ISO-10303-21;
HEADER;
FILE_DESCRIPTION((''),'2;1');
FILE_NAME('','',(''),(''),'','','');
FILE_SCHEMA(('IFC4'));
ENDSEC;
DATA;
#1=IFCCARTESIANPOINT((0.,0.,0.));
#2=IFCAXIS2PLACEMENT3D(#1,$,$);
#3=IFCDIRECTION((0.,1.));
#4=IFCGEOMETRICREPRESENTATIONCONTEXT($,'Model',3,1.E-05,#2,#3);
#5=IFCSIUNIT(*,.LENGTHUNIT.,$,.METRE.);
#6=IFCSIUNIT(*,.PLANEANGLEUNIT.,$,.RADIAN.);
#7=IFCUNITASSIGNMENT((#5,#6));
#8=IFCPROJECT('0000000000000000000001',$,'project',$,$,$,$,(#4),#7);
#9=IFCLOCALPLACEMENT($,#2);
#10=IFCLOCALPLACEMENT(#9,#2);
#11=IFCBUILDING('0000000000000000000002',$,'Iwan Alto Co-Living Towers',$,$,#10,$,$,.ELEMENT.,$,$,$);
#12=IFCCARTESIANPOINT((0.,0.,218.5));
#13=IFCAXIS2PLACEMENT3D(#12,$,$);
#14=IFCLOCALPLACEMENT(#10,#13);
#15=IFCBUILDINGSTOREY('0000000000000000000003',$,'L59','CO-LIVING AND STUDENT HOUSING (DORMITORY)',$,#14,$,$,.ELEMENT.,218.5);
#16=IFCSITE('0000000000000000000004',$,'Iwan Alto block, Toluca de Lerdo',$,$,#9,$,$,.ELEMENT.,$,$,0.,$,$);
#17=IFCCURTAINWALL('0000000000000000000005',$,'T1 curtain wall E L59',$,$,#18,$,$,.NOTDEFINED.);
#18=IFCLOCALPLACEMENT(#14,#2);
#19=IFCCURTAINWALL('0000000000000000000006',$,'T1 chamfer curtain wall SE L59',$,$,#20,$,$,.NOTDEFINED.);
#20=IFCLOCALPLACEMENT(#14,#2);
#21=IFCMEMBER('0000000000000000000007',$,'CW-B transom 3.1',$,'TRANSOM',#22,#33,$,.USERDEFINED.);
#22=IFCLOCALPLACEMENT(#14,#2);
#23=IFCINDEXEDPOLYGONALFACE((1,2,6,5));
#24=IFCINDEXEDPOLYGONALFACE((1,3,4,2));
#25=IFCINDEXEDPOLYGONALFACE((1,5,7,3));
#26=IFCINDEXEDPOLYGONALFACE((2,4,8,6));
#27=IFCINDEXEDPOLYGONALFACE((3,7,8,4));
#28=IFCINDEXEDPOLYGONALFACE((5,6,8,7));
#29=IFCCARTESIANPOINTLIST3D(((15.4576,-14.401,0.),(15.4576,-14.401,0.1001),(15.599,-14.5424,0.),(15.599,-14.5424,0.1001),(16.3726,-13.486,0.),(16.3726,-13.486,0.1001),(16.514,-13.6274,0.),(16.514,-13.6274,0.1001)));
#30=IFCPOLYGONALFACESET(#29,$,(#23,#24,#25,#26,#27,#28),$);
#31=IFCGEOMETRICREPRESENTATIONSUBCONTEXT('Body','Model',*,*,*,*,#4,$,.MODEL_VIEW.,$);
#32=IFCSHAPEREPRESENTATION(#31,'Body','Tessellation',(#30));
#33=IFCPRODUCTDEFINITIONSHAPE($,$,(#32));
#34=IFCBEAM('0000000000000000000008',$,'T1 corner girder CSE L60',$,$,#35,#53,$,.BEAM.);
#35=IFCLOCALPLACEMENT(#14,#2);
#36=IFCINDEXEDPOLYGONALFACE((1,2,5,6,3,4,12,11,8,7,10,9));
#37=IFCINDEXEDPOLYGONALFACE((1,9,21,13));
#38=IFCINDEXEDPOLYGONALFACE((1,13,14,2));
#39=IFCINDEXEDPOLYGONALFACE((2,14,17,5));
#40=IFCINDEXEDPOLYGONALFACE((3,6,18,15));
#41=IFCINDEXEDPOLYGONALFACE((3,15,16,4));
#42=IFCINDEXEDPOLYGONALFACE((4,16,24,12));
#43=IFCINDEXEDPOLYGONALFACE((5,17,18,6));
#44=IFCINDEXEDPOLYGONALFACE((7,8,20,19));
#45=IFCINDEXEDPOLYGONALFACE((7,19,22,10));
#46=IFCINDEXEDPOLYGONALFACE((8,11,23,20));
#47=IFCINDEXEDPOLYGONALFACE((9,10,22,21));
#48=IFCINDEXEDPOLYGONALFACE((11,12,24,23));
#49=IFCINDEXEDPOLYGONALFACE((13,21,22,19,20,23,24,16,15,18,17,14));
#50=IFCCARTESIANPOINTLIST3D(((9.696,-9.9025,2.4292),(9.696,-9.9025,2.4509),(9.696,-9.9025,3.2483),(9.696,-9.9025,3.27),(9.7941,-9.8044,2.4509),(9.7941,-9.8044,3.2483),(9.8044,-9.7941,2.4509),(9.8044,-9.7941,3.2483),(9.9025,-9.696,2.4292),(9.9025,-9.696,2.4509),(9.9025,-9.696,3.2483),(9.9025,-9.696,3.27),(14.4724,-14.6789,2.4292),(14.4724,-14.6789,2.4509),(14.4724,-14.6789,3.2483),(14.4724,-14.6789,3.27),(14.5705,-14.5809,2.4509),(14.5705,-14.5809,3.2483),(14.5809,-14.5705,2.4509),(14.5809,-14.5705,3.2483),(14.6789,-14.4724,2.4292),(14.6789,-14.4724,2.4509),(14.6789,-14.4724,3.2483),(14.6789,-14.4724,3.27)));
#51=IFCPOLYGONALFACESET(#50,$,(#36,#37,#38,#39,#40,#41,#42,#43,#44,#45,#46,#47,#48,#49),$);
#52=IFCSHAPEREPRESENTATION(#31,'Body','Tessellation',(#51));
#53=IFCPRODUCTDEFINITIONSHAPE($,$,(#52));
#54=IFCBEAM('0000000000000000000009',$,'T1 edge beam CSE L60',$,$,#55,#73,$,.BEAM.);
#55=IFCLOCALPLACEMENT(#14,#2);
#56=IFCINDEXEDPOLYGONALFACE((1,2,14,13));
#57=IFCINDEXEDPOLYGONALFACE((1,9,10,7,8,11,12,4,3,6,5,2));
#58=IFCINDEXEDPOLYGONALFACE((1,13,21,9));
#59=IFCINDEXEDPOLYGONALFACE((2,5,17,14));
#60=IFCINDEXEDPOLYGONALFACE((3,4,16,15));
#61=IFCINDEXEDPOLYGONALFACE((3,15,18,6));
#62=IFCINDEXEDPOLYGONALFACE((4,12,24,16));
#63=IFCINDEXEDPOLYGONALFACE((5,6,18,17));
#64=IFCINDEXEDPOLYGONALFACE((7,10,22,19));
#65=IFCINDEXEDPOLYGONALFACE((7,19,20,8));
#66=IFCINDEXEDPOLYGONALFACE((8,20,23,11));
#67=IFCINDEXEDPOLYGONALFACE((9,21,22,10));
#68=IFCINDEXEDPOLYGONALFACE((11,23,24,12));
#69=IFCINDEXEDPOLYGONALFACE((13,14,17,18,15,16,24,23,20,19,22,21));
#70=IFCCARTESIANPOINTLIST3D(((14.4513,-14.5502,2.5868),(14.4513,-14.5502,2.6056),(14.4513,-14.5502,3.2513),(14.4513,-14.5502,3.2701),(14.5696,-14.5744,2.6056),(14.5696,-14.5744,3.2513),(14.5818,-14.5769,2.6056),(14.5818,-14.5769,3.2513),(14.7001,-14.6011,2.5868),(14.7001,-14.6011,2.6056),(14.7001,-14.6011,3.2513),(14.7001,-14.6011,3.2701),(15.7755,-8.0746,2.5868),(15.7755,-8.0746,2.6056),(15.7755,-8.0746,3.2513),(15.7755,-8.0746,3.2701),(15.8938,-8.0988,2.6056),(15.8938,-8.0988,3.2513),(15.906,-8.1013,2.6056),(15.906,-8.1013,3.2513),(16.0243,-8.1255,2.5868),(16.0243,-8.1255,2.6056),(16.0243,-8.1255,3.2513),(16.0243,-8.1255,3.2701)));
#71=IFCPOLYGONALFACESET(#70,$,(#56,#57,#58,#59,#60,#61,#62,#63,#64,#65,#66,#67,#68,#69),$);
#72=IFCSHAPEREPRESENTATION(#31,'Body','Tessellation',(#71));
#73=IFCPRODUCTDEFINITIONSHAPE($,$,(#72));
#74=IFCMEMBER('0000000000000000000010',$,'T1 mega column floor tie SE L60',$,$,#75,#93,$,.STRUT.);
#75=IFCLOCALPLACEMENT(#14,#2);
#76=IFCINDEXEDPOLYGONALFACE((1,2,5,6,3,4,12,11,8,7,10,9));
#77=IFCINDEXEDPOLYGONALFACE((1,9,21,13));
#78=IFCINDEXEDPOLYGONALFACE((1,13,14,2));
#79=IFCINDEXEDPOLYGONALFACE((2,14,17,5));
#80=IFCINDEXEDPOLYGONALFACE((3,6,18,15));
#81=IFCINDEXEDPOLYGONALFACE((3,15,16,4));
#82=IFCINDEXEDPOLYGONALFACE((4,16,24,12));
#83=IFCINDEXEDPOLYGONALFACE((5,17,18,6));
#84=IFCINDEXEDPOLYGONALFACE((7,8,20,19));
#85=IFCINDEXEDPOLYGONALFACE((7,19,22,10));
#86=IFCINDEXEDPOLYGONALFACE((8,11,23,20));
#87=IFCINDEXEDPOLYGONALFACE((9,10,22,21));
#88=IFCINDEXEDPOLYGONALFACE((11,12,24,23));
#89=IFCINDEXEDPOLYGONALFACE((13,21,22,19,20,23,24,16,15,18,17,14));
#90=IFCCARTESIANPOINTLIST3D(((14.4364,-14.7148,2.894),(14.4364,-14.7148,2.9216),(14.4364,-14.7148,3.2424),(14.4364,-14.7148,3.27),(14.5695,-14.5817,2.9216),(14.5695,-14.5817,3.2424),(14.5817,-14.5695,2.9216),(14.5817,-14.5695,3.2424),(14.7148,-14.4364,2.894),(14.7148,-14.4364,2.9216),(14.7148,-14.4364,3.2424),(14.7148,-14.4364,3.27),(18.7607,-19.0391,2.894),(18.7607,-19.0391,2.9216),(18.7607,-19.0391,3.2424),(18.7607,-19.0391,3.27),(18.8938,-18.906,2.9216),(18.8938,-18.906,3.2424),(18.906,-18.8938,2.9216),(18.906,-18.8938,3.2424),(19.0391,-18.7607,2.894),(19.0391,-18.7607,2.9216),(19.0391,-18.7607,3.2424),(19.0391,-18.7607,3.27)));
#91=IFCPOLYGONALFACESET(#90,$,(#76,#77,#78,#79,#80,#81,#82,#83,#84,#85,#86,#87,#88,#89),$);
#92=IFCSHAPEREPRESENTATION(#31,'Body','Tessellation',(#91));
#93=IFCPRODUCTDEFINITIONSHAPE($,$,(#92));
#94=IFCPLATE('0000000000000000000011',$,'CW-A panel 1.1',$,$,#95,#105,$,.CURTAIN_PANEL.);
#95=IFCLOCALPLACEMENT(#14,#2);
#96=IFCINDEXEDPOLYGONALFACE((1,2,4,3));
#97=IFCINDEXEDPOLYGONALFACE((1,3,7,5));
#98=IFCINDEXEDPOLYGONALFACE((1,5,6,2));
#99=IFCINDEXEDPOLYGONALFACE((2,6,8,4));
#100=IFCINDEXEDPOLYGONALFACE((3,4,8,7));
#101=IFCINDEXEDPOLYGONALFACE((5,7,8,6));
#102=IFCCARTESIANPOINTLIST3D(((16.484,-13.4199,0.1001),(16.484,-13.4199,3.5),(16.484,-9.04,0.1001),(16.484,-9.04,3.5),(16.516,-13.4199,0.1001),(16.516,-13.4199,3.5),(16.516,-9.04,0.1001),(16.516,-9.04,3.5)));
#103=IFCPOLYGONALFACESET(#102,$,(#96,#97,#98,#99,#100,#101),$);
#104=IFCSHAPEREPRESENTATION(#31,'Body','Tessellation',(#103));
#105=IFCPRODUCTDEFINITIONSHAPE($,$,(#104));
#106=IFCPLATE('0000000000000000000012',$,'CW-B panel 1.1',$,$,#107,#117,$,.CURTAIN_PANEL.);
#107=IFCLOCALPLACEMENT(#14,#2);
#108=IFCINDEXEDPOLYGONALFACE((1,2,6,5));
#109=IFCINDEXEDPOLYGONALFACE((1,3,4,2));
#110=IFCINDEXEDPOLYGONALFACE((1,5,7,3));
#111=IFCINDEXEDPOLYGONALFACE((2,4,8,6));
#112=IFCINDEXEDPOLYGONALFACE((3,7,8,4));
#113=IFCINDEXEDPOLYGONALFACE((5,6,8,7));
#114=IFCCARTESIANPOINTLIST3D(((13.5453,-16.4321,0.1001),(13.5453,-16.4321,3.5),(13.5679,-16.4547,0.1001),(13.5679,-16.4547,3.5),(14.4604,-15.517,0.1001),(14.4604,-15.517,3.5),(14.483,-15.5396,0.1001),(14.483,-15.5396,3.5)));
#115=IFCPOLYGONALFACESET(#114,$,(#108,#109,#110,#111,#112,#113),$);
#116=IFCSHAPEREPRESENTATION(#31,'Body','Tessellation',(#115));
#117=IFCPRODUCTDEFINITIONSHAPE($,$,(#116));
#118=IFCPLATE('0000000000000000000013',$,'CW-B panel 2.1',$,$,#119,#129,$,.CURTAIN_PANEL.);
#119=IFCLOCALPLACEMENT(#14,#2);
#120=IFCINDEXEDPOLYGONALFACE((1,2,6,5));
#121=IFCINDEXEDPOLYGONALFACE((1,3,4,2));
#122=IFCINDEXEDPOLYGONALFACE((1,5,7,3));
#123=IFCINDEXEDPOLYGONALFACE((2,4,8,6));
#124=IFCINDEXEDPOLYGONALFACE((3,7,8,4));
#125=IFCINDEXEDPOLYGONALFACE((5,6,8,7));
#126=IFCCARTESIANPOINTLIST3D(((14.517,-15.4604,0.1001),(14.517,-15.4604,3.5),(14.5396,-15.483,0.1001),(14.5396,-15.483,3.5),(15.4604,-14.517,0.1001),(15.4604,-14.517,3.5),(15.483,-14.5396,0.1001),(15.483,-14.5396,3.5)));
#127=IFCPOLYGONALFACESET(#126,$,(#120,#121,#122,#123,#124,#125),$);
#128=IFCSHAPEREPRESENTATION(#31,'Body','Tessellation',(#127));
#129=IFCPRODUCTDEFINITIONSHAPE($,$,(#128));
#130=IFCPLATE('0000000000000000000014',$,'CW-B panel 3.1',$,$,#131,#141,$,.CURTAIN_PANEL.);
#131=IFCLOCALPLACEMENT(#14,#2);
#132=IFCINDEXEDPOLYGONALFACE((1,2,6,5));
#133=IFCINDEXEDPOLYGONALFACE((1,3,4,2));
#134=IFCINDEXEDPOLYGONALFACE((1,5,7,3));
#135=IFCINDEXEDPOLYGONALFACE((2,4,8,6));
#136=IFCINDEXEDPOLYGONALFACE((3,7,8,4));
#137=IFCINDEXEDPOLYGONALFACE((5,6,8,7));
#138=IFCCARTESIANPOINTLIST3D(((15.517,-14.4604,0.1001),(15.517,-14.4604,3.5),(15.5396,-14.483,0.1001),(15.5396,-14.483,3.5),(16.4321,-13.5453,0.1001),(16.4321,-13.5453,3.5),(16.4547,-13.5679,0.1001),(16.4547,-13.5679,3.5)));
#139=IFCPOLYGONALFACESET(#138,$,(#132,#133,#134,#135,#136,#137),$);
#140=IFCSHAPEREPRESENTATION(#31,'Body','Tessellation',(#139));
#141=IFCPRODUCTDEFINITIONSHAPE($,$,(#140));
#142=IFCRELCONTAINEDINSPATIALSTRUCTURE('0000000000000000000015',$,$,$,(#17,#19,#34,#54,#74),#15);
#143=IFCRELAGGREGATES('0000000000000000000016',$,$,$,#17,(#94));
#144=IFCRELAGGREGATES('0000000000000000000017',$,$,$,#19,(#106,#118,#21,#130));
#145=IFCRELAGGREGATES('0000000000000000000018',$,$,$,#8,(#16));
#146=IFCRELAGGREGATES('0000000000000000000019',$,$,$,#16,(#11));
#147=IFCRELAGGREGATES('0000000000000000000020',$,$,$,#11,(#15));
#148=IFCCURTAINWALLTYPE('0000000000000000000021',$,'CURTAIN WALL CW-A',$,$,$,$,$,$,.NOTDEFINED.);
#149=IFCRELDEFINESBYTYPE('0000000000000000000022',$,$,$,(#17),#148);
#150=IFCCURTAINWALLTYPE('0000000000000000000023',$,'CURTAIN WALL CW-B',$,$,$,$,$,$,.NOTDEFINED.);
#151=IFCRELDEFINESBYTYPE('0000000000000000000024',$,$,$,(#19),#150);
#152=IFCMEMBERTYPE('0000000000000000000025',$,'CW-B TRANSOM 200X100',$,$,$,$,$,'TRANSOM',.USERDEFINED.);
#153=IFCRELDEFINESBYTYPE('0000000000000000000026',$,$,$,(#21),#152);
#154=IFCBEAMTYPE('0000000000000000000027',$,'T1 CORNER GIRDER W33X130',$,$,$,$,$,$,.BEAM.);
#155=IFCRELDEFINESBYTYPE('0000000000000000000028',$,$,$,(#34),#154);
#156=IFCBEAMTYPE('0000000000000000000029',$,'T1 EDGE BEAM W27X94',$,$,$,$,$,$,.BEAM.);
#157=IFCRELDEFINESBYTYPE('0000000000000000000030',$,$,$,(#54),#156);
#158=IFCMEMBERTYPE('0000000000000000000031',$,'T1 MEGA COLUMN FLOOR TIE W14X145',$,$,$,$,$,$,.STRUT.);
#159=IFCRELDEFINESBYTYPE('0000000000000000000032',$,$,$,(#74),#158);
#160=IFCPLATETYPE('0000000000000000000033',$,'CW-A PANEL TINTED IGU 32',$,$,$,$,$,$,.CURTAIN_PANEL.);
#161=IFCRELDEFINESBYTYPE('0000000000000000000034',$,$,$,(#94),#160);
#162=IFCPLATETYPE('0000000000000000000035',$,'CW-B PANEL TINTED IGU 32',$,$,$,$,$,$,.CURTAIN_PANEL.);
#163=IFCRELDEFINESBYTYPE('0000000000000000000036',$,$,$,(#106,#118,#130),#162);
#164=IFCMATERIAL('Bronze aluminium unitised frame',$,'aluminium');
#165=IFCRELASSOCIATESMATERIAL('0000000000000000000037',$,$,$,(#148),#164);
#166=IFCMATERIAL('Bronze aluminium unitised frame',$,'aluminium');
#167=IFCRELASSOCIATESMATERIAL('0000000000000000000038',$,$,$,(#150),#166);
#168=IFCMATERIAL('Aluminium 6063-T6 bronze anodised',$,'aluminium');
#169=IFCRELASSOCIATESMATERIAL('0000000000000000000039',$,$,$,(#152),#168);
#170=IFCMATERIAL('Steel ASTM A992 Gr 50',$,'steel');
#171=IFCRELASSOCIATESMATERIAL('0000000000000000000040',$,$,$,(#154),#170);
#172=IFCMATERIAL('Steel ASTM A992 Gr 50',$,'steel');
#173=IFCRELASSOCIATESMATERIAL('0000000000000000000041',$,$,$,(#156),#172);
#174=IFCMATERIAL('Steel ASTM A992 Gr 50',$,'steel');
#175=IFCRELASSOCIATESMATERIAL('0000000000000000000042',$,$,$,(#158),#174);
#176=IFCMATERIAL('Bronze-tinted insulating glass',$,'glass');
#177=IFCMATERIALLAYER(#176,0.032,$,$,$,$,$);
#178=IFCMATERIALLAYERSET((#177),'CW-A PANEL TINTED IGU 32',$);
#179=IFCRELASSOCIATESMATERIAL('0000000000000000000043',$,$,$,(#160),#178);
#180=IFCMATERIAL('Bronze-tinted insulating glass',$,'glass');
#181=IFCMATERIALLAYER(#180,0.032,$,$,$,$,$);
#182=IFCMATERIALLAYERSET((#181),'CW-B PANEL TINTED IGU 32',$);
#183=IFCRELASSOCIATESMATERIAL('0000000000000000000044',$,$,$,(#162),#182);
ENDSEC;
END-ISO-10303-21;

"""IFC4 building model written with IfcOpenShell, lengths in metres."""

from ifc_helpers import new_model, si_unit, direction, frame, origin, origin_2d, place, context, subcontext, project, spatial, rectangle, i_section, extrude, material, layer, layer_set, material_profile, profile_set, type_object, element, aggregate, save


model = new_model("IFC4")

# Units and contexts
model_context = context("Model", 3, precision=1e-05, world=origin(), true_north=direction((0.0, 1.0)))
body_context = subcontext(model_context, "Body", "Model", "MODEL_VIEW")
ifc_project = project(units=[si_unit("LENGTHUNIT", "METRE"), si_unit("PLANEANGLEUNIT", "RADIAN")], contexts=[model_context])

# Site, building, storey
site_placement = place(None, origin())
site = spatial("IfcSite", under=ifc_project, at=site_placement, Name="Iwan Alto block, Toluca de Lerdo", CompositionType="ELEMENT", RefElevation=0.0)
building_placement = place(site_placement, origin())
building = spatial("IfcBuilding", under=site, at=building_placement, Name="Iwan Alto Co-Living Towers", CompositionType="ELEMENT")
storey_placement = place(building_placement, frame((0.0, 0.0, 218.5)))
storey = spatial("IfcBuildingStorey", under=building, at=storey_placement, Name="L59", Description="CO-LIVING AND STUDENT HOUSING (DORMITORY)", CompositionType="ELEMENT", Elevation=218.5)

# Shared definitions
ifc_material_1 = material(Name="Bronze aluminium unitised frame", Category="aluminium")
curtain_wall_type_1 = type_object("IfcCurtainWallType", Name="CURTAIN WALL CW-A", PredefinedType="NOTDEFINED", material=ifc_material_1)

# Curtain walls, member
curtain_wall_1_placement = place(storey_placement, origin())
curtain_wall_1 = element("IfcCurtainWall", 1, at=curtain_wall_1_placement, inside=storey, type_object=curtain_wall_type_1, Name="T1 curtain wall E L59", PredefinedType="NOTDEFINED")
ifc_material_2 = material(Name="Bronze aluminium unitised frame", Category="aluminium")
curtain_wall_type_2 = type_object("IfcCurtainWallType", Name="CURTAIN WALL CW-B", PredefinedType="NOTDEFINED", material=ifc_material_2)
curtain_wall_2_placement = place(storey_placement, origin())
curtain_wall_2 = element("IfcCurtainWall", 2, at=curtain_wall_2_placement, inside=storey, type_object=curtain_wall_type_2, Name="T1 chamfer curtain wall SE L59", PredefinedType="NOTDEFINED")
ifc_material_3 = material(Name="Aluminium 6063-T6 bronze anodised", Category="aluminium")
ifc_material_profile_1 = material_profile(ifc_material_3, rectangle(XDim=0.2, YDim=0.1001, at=origin_2d()), Name="AL 200X100")
ifc_profile_set_1 = profile_set([ifc_material_profile_1], Name="Aluminium 6063-T6 bronze anodised")
member_type_1 = type_object("IfcMemberType", Name="CW-B TRANSOM 200X100", ElementType="TRANSOM", PredefinedType="USERDEFINED", material=ifc_profile_set_1)
member_1_placement = place(storey_placement, frame((15.5283, -14.4717, 0.05), z_axis=(0.707107, 0.707107, 0.0), x_axis=(-0.707107, 0.707107, 0.0)))
member_1 = element("IfcMember", 3, at=member_1_placement, type_object=member_type_1, Name="CW-B transom 3.1", ObjectType="TRANSOM", PredefinedType="USERDEFINED", context=body_context, shape_type="SweptSolid", body=[
    extrude(rectangle(XDim=0.2, YDim=0.1001, at=origin_2d()), origin(), (0.0, 0.0, 1.0), 1.2939),
])

# Beams
ifc_material_4 = material(Name="Steel ASTM A992 Gr 50", Category="steel")
ifc_material_profile_2 = material_profile(ifc_material_4, i_section(OverallWidth=0.292, OverallDepth=0.8408, WebThickness=0.0146, FlangeThickness=0.0217, at=origin_2d()), Name="W33X130")
ifc_profile_set_2 = profile_set([ifc_material_profile_2], Name="Steel ASTM A992 Gr 50")
beam_type_1 = type_object("IfcBeamType", Name="T1 CORNER GIRDER W33X130", PredefinedType="BEAM", material=ifc_profile_set_2)
beam_1_placement = place(storey_placement, frame((14.5757, -14.5757, 2.8496), z_axis=(-0.707107, 0.707107, 0.0), x_axis=(-0.707107, -0.707107, 0.0)))
element("IfcBeam", 4, at=beam_1_placement, inside=storey, type_object=beam_type_1, Name="T1 corner girder CSE L60", PredefinedType="BEAM", context=body_context, shape_type="SweptSolid", body=[
    extrude(i_section(OverallWidth=0.292, OverallDepth=0.8408, WebThickness=0.0146, FlangeThickness=0.0217, at=origin_2d()), origin(), (0.0, 0.0, 1.0), 6.7549),
])
ifc_material_5 = material(Name="Steel ASTM A992 Gr 50", Category="steel")
ifc_material_profile_3 = material_profile(ifc_material_5, i_section(OverallWidth=0.2539, OverallDepth=0.6833, WebThickness=0.0125, FlangeThickness=0.0188, at=origin_2d()), Name="W27X94")
ifc_profile_set_3 = profile_set([ifc_material_profile_3], Name="Steel ASTM A992 Gr 50")
beam_type_2 = type_object("IfcBeamType", Name="T1 EDGE BEAM W27X94", PredefinedType="BEAM", material=ifc_profile_set_3)
beam_2_placement = place(storey_placement, frame((14.5757, -14.5757, 2.9285), z_axis=(0.200348, 0.979725, 0.0), x_axis=(-0.979725, 0.200348, 0.0)))
element("IfcBeam", 5, at=beam_2_placement, inside=storey, type_object=beam_type_2, Name="T1 edge beam CSE L60", PredefinedType="BEAM", context=body_context, shape_type="SweptSolid", body=[
    extrude(i_section(OverallWidth=0.2539, OverallDepth=0.6833, WebThickness=0.0125, FlangeThickness=0.0188, at=origin_2d()), origin(), (0.0, 0.0, 1.0), 6.6096),
])

# Member
ifc_material_6 = material(Name="Steel ASTM A992 Gr 50", Category="steel")
ifc_material_profile_4 = material_profile(ifc_material_6, i_section(OverallWidth=0.3938, OverallDepth=0.376, WebThickness=0.0173, FlangeThickness=0.0276, at=origin_2d()), Name="W14X145")
ifc_profile_set_4 = profile_set([ifc_material_profile_4], Name="Steel ASTM A992 Gr 50")
member_type_2 = type_object("IfcMemberType", Name="T1 MEGA COLUMN FLOOR TIE W14X145", PredefinedType="STRUT", material=ifc_profile_set_4)
member_2_placement = place(storey_placement, frame((18.8999, -18.8999, 3.082), z_axis=(-0.707107, 0.707107, 0.0), x_axis=(-0.707107, -0.707107, 0.0)))
element("IfcMember", 6, at=member_2_placement, inside=storey, type_object=member_type_2, Name="T1 mega column floor tie SE L60", PredefinedType="STRUT", context=body_context, shape_type="SweptSolid", body=[
    extrude(i_section(OverallWidth=0.3938, OverallDepth=0.376, WebThickness=0.0173, FlangeThickness=0.0276, at=origin_2d()), origin(), (0.0, 0.0, 1.0), 6.1155),
])

# Plates
ifc_material_7 = material(Name="Bronze-tinted insulating glass", Category="glass")
ifc_layer_1 = layer(ifc_material_7, 0.032)
ifc_layer_set_1 = layer_set([ifc_layer_1], Name="CW-A PANEL TINTED IGU 32")
plate_type_1 = type_object("IfcPlateType", Name="CW-A PANEL TINTED IGU 32", PredefinedType="CURTAIN_PANEL", material=ifc_layer_set_1)
plate_1_placement = place(storey_placement, frame((16.5, -11.23, 0.1001), z_axis=(0.0, 0.0, 1.0), x_axis=(0.0, 1.0, 0.0)))
plate_1 = element("IfcPlate", 7, at=plate_1_placement, type_object=plate_type_1, Name="CW-A panel 1.1", PredefinedType="CURTAIN_PANEL", context=body_context, shape_type="SweptSolid", body=[
    extrude(rectangle(XDim=4.3799, YDim=0.032, at=origin_2d()), origin(), (0.0, 0.0, 1.0), 3.3999),
])
aggregate(curtain_wall_1, [plate_1])
ifc_material_8 = material(Name="Bronze-tinted insulating glass", Category="glass")
ifc_layer_2 = layer(ifc_material_8, 0.032)
ifc_layer_set_2 = layer_set([ifc_layer_2], Name="CW-B PANEL TINTED IGU 32")
plate_type_2 = type_object("IfcPlateType", Name="CW-B PANEL TINTED IGU 32", PredefinedType="CURTAIN_PANEL", material=ifc_layer_set_2)
plate_2_placement = place(storey_placement, frame((14.0142, -15.9858, 0.1001), z_axis=(0.0, 0.0, 1.0), x_axis=(0.707107, 0.707107, 0.0)))
plate_2 = element("IfcPlate", 8, at=plate_2_placement, type_object=plate_type_2, Name="CW-B panel 1.1", PredefinedType="CURTAIN_PANEL", context=body_context, shape_type="SweptSolid", body=[
    extrude(rectangle(XDim=1.2942, YDim=0.032, at=origin_2d()), origin(), (0.0, 0.0, 1.0), 3.3999),
])
plate_3_placement = place(storey_placement, frame((15.0, -15.0, 0.1001), z_axis=(0.0, 0.0, 1.0), x_axis=(0.707107, 0.707107, 0.0)))
plate_3 = element("IfcPlate", 9, at=plate_3_placement, type_object=plate_type_2, Name="CW-B panel 2.1", PredefinedType="CURTAIN_PANEL", context=body_context, shape_type="SweptSolid", body=[
    extrude(rectangle(XDim=1.3342, YDim=0.032, at=origin_2d()), origin(), (0.0, 0.0, 1.0), 3.3999),
])
plate_4_placement = place(storey_placement, frame((15.9858, -14.0142, 0.1001), z_axis=(0.0, 0.0, 1.0), x_axis=(0.707107, 0.707107, 0.0)))
plate_4 = element("IfcPlate", 10, at=plate_4_placement, type_object=plate_type_2, Name="CW-B panel 3.1", PredefinedType="CURTAIN_PANEL", context=body_context, shape_type="SweptSolid", body=[
    extrude(rectangle(XDim=1.2942, YDim=0.032, at=origin_2d()), origin(), (0.0, 0.0, 1.0), 3.3999),
])
aggregate(curtain_wall_2, [plate_2, plate_3, member_1, plate_4])

save(model, "model.ifc")
